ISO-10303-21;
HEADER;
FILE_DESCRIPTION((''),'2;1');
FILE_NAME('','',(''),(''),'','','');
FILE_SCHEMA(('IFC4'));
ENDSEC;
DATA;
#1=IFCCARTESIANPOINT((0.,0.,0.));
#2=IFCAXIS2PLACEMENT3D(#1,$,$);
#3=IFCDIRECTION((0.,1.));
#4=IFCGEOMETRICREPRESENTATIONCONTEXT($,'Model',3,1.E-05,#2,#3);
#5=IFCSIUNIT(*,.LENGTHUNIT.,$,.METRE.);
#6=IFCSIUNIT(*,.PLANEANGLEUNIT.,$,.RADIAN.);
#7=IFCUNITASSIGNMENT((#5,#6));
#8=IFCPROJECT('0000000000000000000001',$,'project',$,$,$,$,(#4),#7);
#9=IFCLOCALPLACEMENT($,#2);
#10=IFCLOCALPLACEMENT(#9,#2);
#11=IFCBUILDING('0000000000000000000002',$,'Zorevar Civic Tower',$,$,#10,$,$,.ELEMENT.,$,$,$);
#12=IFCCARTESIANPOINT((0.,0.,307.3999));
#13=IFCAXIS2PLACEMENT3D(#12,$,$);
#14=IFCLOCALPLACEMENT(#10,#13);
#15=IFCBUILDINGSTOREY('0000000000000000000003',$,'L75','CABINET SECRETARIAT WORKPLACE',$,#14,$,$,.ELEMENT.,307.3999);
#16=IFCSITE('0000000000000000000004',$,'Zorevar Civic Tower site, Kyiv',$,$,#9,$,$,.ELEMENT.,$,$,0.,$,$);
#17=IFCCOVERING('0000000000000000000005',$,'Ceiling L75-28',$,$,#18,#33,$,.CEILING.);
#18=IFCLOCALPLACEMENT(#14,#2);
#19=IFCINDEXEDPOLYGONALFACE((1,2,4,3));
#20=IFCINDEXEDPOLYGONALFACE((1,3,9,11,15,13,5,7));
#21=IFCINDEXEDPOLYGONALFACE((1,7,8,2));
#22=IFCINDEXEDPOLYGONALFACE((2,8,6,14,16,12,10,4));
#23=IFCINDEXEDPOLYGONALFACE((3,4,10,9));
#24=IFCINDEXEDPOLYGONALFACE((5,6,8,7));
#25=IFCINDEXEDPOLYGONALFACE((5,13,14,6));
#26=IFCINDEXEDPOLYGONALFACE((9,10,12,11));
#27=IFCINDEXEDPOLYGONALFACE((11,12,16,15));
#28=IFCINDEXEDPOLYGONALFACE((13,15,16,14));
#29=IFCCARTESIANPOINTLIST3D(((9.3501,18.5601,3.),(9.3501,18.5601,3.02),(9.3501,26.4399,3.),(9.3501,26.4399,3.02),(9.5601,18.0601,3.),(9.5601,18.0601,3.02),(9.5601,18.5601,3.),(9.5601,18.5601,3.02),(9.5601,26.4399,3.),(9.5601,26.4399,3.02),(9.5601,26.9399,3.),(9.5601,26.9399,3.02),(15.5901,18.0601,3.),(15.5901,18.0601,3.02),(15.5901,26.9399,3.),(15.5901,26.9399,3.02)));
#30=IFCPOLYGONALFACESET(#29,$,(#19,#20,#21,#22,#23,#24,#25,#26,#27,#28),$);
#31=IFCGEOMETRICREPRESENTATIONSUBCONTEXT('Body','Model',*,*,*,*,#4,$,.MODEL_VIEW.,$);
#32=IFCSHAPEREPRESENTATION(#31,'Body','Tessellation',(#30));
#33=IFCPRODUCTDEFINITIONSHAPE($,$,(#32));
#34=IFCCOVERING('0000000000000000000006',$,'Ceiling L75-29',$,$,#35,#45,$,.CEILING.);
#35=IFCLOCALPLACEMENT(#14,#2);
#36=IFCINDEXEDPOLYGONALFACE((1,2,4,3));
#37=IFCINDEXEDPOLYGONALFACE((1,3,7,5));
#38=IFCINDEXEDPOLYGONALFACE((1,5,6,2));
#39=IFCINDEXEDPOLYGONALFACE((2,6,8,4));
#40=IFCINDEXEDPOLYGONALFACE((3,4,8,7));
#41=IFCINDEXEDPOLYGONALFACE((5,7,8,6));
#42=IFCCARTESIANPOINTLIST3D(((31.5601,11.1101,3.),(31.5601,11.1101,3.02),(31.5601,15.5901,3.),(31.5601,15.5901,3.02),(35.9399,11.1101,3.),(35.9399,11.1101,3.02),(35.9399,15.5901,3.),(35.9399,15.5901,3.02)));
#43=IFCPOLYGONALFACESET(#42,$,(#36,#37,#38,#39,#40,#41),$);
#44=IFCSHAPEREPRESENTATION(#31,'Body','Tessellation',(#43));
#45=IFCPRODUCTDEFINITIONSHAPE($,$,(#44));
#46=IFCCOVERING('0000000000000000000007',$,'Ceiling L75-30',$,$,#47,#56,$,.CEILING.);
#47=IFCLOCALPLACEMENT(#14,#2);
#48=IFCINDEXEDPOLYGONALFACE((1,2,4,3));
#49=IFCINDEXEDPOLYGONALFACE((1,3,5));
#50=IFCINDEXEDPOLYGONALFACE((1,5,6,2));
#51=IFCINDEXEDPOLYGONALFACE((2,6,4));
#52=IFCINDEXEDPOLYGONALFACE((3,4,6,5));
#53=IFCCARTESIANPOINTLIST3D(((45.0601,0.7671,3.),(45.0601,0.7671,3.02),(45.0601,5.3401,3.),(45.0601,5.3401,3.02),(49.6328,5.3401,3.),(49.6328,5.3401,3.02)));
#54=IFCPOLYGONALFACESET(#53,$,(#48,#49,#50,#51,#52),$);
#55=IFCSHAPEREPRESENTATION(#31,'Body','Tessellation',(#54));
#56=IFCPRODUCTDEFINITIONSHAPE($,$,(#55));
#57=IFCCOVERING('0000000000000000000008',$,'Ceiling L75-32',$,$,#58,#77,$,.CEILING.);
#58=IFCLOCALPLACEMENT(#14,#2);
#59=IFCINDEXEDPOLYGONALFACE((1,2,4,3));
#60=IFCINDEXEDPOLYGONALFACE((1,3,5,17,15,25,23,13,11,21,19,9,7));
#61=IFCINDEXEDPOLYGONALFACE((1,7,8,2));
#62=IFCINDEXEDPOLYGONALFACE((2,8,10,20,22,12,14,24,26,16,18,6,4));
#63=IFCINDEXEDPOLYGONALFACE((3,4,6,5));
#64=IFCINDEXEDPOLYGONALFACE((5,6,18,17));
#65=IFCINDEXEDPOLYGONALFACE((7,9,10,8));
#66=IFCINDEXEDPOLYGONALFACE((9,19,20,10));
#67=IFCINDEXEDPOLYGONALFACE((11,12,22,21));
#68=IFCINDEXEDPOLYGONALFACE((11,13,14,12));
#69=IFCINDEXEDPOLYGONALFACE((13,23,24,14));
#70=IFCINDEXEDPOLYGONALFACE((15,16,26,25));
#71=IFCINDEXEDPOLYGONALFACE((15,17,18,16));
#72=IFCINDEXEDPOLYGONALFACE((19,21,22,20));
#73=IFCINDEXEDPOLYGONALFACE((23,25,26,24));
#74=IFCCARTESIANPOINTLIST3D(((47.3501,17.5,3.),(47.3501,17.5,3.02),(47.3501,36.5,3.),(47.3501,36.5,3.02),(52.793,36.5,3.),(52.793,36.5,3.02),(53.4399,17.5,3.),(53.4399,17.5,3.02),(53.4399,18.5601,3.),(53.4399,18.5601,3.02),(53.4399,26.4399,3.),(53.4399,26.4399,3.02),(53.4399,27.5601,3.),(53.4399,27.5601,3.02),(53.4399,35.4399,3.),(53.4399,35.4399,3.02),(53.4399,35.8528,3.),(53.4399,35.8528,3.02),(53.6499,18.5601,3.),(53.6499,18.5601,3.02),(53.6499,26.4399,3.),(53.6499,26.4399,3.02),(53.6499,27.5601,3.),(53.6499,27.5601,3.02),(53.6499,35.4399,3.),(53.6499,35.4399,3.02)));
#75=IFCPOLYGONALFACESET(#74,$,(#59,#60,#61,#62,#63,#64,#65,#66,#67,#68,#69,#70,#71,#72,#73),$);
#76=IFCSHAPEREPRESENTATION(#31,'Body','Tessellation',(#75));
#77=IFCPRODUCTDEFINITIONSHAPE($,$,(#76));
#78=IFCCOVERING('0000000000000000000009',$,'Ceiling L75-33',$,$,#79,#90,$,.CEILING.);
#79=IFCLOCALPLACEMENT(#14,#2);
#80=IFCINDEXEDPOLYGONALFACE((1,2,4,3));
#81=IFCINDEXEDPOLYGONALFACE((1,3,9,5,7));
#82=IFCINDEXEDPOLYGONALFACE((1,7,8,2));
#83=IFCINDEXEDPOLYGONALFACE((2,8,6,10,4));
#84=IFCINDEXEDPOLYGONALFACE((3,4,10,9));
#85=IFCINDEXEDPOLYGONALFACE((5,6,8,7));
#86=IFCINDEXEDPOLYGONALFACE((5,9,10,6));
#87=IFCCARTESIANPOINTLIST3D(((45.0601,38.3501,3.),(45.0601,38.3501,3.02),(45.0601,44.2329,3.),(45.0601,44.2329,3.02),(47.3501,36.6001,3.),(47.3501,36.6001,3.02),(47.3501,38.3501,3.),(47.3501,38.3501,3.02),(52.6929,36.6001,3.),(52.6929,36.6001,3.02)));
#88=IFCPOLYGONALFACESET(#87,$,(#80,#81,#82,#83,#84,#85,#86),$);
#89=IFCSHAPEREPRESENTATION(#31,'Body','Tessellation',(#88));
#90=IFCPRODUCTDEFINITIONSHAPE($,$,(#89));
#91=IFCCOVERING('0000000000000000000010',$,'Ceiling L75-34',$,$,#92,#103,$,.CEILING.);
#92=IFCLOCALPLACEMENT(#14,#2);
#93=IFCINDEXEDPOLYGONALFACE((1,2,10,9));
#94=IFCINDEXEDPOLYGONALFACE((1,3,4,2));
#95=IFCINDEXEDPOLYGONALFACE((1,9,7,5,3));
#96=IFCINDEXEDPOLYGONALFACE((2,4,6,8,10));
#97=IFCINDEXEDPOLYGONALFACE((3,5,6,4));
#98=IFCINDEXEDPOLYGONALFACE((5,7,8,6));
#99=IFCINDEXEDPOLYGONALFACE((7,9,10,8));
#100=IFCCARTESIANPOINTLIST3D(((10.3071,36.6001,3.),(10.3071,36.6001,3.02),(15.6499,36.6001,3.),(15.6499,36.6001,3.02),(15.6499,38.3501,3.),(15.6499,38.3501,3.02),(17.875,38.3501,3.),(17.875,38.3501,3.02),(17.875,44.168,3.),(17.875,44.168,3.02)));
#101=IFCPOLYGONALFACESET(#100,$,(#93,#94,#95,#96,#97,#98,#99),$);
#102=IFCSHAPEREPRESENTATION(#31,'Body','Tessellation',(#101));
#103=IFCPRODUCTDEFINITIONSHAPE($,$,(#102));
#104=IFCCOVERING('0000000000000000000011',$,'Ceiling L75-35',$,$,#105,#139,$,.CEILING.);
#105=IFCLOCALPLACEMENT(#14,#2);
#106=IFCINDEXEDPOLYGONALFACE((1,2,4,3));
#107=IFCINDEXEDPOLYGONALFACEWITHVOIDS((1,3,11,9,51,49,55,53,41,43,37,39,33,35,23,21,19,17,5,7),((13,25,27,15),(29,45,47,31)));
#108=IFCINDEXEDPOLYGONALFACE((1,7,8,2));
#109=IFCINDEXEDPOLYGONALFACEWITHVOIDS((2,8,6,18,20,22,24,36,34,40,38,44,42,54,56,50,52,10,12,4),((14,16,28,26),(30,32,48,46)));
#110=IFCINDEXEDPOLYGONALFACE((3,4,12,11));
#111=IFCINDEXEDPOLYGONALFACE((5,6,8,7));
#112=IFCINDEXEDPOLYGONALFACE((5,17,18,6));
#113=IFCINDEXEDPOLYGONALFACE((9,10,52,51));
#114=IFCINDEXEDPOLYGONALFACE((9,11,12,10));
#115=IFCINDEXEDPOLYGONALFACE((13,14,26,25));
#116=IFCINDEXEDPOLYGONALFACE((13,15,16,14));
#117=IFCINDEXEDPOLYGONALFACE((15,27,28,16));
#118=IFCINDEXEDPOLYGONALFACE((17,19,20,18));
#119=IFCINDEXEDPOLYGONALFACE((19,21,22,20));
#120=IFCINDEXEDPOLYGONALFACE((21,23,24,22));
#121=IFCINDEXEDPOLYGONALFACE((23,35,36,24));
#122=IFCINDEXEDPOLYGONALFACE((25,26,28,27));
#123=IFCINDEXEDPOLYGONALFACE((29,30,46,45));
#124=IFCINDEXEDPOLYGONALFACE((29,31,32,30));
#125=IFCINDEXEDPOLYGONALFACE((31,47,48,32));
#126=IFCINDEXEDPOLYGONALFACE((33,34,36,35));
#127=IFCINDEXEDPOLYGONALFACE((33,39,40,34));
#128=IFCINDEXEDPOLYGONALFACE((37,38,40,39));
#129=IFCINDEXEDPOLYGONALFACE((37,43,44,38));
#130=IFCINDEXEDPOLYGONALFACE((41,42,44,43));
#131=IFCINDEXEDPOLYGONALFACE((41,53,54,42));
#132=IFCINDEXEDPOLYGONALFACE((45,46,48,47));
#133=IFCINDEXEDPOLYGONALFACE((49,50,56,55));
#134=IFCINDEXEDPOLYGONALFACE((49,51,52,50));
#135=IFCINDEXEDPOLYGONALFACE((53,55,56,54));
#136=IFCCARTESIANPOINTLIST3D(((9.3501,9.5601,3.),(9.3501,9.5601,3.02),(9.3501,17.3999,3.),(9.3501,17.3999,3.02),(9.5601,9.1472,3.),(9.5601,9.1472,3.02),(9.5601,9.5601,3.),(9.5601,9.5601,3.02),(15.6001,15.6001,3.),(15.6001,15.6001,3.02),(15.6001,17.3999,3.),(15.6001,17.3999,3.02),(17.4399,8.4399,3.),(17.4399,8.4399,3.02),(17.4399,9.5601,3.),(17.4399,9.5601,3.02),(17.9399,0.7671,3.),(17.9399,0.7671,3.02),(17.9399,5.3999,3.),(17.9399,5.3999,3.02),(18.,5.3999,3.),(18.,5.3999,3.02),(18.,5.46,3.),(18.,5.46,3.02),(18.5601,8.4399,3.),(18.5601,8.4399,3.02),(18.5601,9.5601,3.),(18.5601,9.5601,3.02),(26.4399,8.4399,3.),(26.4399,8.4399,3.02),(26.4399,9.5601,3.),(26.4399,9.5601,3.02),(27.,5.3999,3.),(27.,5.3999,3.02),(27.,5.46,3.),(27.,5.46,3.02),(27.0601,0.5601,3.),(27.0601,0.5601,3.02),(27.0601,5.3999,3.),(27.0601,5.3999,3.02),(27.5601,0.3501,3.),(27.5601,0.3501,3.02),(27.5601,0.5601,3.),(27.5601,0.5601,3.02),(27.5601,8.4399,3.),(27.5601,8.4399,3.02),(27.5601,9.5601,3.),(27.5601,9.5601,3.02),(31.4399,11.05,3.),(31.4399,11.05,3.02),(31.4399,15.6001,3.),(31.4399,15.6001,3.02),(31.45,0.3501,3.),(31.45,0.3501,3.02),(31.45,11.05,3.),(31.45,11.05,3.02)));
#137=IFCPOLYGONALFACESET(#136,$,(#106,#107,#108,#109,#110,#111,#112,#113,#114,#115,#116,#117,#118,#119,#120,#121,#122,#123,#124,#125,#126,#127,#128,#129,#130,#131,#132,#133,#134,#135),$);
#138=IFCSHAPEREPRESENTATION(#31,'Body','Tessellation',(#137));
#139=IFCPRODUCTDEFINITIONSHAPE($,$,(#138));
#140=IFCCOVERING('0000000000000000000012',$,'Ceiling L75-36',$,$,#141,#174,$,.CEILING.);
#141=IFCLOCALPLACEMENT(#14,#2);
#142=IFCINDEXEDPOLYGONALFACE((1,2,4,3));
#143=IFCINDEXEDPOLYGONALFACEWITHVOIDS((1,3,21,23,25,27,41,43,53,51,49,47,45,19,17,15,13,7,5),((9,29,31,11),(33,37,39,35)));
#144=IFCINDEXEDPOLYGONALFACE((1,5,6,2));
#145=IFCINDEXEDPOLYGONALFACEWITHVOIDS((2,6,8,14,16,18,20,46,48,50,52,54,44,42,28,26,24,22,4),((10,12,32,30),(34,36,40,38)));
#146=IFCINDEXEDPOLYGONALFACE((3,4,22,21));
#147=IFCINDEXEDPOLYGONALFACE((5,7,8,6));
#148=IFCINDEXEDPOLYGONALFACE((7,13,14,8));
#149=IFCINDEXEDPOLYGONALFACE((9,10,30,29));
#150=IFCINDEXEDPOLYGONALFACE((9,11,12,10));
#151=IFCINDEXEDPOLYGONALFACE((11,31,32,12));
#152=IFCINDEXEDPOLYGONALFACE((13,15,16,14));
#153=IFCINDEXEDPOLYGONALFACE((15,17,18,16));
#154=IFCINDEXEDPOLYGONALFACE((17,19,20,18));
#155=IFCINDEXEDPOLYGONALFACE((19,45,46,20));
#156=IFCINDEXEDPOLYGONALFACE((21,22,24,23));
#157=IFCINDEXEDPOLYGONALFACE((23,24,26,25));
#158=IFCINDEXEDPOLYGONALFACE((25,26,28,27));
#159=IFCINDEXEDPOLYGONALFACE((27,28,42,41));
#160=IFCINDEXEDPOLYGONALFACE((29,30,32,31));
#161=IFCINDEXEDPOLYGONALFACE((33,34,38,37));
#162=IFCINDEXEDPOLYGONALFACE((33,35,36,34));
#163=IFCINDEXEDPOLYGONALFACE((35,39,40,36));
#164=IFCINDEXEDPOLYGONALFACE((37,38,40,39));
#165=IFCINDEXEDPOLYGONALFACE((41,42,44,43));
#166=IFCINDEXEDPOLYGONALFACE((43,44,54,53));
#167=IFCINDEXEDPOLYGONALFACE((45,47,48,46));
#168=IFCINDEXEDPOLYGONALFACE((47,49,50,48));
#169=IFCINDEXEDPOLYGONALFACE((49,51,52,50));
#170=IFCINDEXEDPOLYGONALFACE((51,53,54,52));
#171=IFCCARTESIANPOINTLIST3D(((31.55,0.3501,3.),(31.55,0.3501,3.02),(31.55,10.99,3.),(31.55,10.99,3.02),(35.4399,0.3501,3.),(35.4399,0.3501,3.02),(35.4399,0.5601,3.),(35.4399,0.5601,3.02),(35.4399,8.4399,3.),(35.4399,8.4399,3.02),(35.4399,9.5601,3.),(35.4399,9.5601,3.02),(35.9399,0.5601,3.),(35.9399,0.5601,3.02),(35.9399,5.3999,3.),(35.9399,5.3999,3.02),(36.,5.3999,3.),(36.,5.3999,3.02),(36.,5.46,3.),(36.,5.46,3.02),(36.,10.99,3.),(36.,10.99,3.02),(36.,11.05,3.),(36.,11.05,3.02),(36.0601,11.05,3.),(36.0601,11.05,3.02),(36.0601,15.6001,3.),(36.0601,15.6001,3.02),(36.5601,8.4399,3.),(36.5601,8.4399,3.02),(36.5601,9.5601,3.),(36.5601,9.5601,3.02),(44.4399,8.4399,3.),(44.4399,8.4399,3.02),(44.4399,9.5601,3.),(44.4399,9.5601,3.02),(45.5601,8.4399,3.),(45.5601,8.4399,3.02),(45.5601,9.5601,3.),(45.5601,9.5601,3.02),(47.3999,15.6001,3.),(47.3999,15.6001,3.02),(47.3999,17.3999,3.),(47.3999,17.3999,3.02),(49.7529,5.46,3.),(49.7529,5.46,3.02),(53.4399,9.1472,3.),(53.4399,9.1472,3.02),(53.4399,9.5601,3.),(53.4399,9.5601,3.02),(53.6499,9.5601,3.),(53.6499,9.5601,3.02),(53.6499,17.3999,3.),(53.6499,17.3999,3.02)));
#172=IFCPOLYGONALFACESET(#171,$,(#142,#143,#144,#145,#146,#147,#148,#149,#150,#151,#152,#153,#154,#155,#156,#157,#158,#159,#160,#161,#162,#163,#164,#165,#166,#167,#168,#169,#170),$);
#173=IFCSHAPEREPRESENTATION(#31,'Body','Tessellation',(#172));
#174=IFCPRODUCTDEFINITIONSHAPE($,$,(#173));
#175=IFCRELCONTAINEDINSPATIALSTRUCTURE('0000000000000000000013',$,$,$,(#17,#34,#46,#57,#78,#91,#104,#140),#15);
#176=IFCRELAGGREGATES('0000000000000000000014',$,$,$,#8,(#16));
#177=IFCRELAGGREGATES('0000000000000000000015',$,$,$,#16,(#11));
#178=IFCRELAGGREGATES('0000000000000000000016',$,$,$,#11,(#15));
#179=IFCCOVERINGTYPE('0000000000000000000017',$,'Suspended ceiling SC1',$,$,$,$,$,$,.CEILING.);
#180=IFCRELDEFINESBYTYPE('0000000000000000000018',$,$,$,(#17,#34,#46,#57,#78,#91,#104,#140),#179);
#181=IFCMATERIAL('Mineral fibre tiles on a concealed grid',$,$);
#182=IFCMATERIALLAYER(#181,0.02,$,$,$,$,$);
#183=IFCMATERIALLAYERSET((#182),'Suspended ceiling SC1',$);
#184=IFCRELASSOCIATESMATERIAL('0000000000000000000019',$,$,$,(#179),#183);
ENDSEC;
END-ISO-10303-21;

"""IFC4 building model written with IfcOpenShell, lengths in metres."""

from ifc_helpers import new_model, si_unit, direction, frame, origin, place, context, subcontext, project, spatial, polyline, outline, extrude, material, layer, layer_set, type_object, element, save


model = new_model("IFC4")

# Units and contexts
model_context = context("Model", 3, precision=1e-05, world=origin(), true_north=direction((0.0, 1.0)))
body_context = subcontext(model_context, "Body", "Model", "MODEL_VIEW")
ifc_project = project(units=[si_unit("LENGTHUNIT", "METRE"), si_unit("PLANEANGLEUNIT", "RADIAN")], contexts=[model_context])

# Site, building, storey
site_placement = place(None, origin())
site = spatial("IfcSite", under=ifc_project, at=site_placement, Name="Zorevar Civic Tower site, Kyiv", CompositionType="ELEMENT", RefElevation=0.0)
building_placement = place(site_placement, origin())
building = spatial("IfcBuilding", under=site, at=building_placement, Name="Zorevar Civic Tower", CompositionType="ELEMENT")
storey_placement = place(building_placement, frame((0.0, 0.0, 307.3999)))
storey = spatial("IfcBuildingStorey", under=building, at=storey_placement, Name="L75", Description="CABINET SECRETARIAT WORKPLACE", CompositionType="ELEMENT", Elevation=307.3999)

# Coverings
ifc_material_1 = material(Name="Mineral fibre tiles on a concealed grid")
ifc_layer_1 = layer(ifc_material_1, 0.02)
ifc_layer_set_1 = layer_set([ifc_layer_1], Name="Suspended ceiling SC1")
covering_type_1 = type_object("IfcCoveringType", Name="Suspended ceiling SC1", PredefinedType="CEILING", material=ifc_layer_set_1)
covering_1_placement = place(storey_placement, frame((0.0, 0.0, 3.0)))
element("IfcCovering", 1, at=covering_1_placement, inside=storey, type_object=covering_type_1, Name="Ceiling L75-28", PredefinedType="CEILING", context=body_context, shape_type="SweptSolid", body=[
    extrude(outline(polyline([(9.5601, 18.5601), (9.3501, 18.5601), (9.3501, 26.4399), (9.5601, 26.4399), (9.5601, 26.9399), (15.5901, 26.9399), (15.5901, 18.0601), (9.5601, 18.0601), (9.5601, 18.5601)])), origin(), (0.0, 0.0, 1.0), 0.02),
])
covering_2_placement = place(storey_placement, frame((0.0, 0.0, 3.0)))
element("IfcCovering", 2, at=covering_2_placement, inside=storey, type_object=covering_type_1, Name="Ceiling L75-29", PredefinedType="CEILING", context=body_context, shape_type="SweptSolid", body=[
    extrude(outline(polyline([(31.5601, 15.5901), (35.9399, 15.5901), (35.9399, 11.1101), (31.5601, 11.1101), (31.5601, 15.5901)])), origin(), (0.0, 0.0, 1.0), 0.02),
])
covering_3_placement = place(storey_placement, frame((0.0, 0.0, 3.0)))
element("IfcCovering", 3, at=covering_3_placement, inside=storey, type_object=covering_type_1, Name="Ceiling L75-30", PredefinedType="CEILING", context=body_context, shape_type="SweptSolid", body=[
    extrude(outline(polyline([(45.0601, 5.3401), (49.6328, 5.3401), (45.0601, 0.7671), (45.0601, 5.3401)])), origin(), (0.0, 0.0, 1.0), 0.02),
])
covering_4_placement = place(storey_placement, frame((0.0, 0.0, 3.0)))
element("IfcCovering", 4, at=covering_4_placement, inside=storey, type_object=covering_type_1, Name="Ceiling L75-32", PredefinedType="CEILING", context=body_context, shape_type="SweptSolid", body=[
    extrude(outline(polyline([(53.4399, 17.5), (47.3501, 17.5), (47.3501, 36.5), (52.793, 36.5), (53.4399, 35.8528), (53.4399, 35.4399), (53.6499, 35.4399), (53.6499, 27.5601), (53.4399, 27.5601), (53.4399, 26.4399), (53.6499, 26.4399), (53.6499, 18.5601), (53.4399, 18.5601), (53.4399, 17.5)])), origin(), (0.0, 0.0, 1.0), 0.02),
])
covering_5_placement = place(storey_placement, frame((0.0, 0.0, 3.0)))
element("IfcCovering", 5, at=covering_5_placement, inside=storey, type_object=covering_type_1, Name="Ceiling L75-33", PredefinedType="CEILING", context=body_context, shape_type="SweptSolid", body=[
    extrude(outline(polyline([(47.3501, 36.6001), (47.3501, 38.3501), (45.0601, 38.3501), (45.0601, 44.2329), (52.6929, 36.6001), (47.3501, 36.6001)])), origin(), (0.0, 0.0, 1.0), 0.02),
])
covering_6_placement = place(storey_placement, frame((0.0, 0.0, 3.0)))
element("IfcCovering", 6, at=covering_6_placement, inside=storey, type_object=covering_type_1, Name="Ceiling L75-34", PredefinedType="CEILING", context=body_context, shape_type="SweptSolid", body=[
    extrude(outline(polyline([(17.875, 38.3501), (15.6499, 38.3501), (15.6499, 36.6001), (10.3071, 36.6001), (17.875, 44.168), (17.875, 38.3501)])), origin(), (0.0, 0.0, 1.0), 0.02),
])
covering_7_placement = place(storey_placement, frame((0.0, 0.0, 3.0)))
element("IfcCovering", 7, at=covering_7_placement, inside=storey, type_object=covering_type_1, Name="Ceiling L75-35", PredefinedType="CEILING", context=body_context, shape_type="SweptSolid", body=[
    extrude(outline(polyline([(9.5601, 9.5601), (9.3501, 9.5601), (9.3501, 17.3999), (15.6001, 17.3999), (15.6001, 15.6001), (31.4399, 15.6001), (31.4399, 11.05), (31.45, 11.05), (31.45, 0.3501), (27.5601, 0.3501), (27.5601, 0.5601), (27.0601, 0.5601), (27.0601, 5.3999), (27.0, 5.3999), (27.0, 5.46), (18.0, 5.46), (18.0, 5.3999), (17.9399, 5.3999), (17.9399, 0.7671), (9.5601, 9.1472), (9.5601, 9.5601)]), holes=[polyline([(18.5601, 8.4399), (18.5601, 9.5601), (17.4399, 9.5601), (17.4399, 8.4399), (18.5601, 8.4399)]), polyline([(26.4399, 9.5601), (26.4399, 8.4399), (27.5601, 8.4399), (27.5601, 9.5601), (26.4399, 9.5601)])]), origin(), (0.0, 0.0, 1.0), 0.02),
])
covering_8_placement = place(storey_placement, frame((0.0, 0.0, 3.0)))
element("IfcCovering", 8, at=covering_8_placement, inside=storey, type_object=covering_type_1, Name="Ceiling L75-36", PredefinedType="CEILING", context=body_context, shape_type="SweptSolid", body=[
    extrude(outline(polyline([(53.4399, 9.5601), (53.4399, 9.1472), (49.7529, 5.46), (36.0, 5.46), (36.0, 5.3999), (35.9399, 5.3999), (35.9399, 0.5601), (35.4399, 0.5601), (35.4399, 0.3501), (31.55, 0.3501), (31.55, 10.99), (36.0, 10.99), (36.0, 11.05), (36.0601, 11.05), (36.0601, 15.6001), (47.3999, 15.6001), (47.3999, 17.3999), (53.6499, 17.3999), (53.6499, 9.5601), (53.4399, 9.5601)]), holes=[polyline([(36.5601, 8.4399), (36.5601, 9.5601), (35.4399, 9.5601), (35.4399, 8.4399), (36.5601, 8.4399)]), polyline([(44.4399, 8.4399), (45.5601, 8.4399), (45.5601, 9.5601), (44.4399, 9.5601), (44.4399, 8.4399)])]), origin(), (0.0, 0.0, 1.0), 0.02),
])

save(model, "model.ifc")
